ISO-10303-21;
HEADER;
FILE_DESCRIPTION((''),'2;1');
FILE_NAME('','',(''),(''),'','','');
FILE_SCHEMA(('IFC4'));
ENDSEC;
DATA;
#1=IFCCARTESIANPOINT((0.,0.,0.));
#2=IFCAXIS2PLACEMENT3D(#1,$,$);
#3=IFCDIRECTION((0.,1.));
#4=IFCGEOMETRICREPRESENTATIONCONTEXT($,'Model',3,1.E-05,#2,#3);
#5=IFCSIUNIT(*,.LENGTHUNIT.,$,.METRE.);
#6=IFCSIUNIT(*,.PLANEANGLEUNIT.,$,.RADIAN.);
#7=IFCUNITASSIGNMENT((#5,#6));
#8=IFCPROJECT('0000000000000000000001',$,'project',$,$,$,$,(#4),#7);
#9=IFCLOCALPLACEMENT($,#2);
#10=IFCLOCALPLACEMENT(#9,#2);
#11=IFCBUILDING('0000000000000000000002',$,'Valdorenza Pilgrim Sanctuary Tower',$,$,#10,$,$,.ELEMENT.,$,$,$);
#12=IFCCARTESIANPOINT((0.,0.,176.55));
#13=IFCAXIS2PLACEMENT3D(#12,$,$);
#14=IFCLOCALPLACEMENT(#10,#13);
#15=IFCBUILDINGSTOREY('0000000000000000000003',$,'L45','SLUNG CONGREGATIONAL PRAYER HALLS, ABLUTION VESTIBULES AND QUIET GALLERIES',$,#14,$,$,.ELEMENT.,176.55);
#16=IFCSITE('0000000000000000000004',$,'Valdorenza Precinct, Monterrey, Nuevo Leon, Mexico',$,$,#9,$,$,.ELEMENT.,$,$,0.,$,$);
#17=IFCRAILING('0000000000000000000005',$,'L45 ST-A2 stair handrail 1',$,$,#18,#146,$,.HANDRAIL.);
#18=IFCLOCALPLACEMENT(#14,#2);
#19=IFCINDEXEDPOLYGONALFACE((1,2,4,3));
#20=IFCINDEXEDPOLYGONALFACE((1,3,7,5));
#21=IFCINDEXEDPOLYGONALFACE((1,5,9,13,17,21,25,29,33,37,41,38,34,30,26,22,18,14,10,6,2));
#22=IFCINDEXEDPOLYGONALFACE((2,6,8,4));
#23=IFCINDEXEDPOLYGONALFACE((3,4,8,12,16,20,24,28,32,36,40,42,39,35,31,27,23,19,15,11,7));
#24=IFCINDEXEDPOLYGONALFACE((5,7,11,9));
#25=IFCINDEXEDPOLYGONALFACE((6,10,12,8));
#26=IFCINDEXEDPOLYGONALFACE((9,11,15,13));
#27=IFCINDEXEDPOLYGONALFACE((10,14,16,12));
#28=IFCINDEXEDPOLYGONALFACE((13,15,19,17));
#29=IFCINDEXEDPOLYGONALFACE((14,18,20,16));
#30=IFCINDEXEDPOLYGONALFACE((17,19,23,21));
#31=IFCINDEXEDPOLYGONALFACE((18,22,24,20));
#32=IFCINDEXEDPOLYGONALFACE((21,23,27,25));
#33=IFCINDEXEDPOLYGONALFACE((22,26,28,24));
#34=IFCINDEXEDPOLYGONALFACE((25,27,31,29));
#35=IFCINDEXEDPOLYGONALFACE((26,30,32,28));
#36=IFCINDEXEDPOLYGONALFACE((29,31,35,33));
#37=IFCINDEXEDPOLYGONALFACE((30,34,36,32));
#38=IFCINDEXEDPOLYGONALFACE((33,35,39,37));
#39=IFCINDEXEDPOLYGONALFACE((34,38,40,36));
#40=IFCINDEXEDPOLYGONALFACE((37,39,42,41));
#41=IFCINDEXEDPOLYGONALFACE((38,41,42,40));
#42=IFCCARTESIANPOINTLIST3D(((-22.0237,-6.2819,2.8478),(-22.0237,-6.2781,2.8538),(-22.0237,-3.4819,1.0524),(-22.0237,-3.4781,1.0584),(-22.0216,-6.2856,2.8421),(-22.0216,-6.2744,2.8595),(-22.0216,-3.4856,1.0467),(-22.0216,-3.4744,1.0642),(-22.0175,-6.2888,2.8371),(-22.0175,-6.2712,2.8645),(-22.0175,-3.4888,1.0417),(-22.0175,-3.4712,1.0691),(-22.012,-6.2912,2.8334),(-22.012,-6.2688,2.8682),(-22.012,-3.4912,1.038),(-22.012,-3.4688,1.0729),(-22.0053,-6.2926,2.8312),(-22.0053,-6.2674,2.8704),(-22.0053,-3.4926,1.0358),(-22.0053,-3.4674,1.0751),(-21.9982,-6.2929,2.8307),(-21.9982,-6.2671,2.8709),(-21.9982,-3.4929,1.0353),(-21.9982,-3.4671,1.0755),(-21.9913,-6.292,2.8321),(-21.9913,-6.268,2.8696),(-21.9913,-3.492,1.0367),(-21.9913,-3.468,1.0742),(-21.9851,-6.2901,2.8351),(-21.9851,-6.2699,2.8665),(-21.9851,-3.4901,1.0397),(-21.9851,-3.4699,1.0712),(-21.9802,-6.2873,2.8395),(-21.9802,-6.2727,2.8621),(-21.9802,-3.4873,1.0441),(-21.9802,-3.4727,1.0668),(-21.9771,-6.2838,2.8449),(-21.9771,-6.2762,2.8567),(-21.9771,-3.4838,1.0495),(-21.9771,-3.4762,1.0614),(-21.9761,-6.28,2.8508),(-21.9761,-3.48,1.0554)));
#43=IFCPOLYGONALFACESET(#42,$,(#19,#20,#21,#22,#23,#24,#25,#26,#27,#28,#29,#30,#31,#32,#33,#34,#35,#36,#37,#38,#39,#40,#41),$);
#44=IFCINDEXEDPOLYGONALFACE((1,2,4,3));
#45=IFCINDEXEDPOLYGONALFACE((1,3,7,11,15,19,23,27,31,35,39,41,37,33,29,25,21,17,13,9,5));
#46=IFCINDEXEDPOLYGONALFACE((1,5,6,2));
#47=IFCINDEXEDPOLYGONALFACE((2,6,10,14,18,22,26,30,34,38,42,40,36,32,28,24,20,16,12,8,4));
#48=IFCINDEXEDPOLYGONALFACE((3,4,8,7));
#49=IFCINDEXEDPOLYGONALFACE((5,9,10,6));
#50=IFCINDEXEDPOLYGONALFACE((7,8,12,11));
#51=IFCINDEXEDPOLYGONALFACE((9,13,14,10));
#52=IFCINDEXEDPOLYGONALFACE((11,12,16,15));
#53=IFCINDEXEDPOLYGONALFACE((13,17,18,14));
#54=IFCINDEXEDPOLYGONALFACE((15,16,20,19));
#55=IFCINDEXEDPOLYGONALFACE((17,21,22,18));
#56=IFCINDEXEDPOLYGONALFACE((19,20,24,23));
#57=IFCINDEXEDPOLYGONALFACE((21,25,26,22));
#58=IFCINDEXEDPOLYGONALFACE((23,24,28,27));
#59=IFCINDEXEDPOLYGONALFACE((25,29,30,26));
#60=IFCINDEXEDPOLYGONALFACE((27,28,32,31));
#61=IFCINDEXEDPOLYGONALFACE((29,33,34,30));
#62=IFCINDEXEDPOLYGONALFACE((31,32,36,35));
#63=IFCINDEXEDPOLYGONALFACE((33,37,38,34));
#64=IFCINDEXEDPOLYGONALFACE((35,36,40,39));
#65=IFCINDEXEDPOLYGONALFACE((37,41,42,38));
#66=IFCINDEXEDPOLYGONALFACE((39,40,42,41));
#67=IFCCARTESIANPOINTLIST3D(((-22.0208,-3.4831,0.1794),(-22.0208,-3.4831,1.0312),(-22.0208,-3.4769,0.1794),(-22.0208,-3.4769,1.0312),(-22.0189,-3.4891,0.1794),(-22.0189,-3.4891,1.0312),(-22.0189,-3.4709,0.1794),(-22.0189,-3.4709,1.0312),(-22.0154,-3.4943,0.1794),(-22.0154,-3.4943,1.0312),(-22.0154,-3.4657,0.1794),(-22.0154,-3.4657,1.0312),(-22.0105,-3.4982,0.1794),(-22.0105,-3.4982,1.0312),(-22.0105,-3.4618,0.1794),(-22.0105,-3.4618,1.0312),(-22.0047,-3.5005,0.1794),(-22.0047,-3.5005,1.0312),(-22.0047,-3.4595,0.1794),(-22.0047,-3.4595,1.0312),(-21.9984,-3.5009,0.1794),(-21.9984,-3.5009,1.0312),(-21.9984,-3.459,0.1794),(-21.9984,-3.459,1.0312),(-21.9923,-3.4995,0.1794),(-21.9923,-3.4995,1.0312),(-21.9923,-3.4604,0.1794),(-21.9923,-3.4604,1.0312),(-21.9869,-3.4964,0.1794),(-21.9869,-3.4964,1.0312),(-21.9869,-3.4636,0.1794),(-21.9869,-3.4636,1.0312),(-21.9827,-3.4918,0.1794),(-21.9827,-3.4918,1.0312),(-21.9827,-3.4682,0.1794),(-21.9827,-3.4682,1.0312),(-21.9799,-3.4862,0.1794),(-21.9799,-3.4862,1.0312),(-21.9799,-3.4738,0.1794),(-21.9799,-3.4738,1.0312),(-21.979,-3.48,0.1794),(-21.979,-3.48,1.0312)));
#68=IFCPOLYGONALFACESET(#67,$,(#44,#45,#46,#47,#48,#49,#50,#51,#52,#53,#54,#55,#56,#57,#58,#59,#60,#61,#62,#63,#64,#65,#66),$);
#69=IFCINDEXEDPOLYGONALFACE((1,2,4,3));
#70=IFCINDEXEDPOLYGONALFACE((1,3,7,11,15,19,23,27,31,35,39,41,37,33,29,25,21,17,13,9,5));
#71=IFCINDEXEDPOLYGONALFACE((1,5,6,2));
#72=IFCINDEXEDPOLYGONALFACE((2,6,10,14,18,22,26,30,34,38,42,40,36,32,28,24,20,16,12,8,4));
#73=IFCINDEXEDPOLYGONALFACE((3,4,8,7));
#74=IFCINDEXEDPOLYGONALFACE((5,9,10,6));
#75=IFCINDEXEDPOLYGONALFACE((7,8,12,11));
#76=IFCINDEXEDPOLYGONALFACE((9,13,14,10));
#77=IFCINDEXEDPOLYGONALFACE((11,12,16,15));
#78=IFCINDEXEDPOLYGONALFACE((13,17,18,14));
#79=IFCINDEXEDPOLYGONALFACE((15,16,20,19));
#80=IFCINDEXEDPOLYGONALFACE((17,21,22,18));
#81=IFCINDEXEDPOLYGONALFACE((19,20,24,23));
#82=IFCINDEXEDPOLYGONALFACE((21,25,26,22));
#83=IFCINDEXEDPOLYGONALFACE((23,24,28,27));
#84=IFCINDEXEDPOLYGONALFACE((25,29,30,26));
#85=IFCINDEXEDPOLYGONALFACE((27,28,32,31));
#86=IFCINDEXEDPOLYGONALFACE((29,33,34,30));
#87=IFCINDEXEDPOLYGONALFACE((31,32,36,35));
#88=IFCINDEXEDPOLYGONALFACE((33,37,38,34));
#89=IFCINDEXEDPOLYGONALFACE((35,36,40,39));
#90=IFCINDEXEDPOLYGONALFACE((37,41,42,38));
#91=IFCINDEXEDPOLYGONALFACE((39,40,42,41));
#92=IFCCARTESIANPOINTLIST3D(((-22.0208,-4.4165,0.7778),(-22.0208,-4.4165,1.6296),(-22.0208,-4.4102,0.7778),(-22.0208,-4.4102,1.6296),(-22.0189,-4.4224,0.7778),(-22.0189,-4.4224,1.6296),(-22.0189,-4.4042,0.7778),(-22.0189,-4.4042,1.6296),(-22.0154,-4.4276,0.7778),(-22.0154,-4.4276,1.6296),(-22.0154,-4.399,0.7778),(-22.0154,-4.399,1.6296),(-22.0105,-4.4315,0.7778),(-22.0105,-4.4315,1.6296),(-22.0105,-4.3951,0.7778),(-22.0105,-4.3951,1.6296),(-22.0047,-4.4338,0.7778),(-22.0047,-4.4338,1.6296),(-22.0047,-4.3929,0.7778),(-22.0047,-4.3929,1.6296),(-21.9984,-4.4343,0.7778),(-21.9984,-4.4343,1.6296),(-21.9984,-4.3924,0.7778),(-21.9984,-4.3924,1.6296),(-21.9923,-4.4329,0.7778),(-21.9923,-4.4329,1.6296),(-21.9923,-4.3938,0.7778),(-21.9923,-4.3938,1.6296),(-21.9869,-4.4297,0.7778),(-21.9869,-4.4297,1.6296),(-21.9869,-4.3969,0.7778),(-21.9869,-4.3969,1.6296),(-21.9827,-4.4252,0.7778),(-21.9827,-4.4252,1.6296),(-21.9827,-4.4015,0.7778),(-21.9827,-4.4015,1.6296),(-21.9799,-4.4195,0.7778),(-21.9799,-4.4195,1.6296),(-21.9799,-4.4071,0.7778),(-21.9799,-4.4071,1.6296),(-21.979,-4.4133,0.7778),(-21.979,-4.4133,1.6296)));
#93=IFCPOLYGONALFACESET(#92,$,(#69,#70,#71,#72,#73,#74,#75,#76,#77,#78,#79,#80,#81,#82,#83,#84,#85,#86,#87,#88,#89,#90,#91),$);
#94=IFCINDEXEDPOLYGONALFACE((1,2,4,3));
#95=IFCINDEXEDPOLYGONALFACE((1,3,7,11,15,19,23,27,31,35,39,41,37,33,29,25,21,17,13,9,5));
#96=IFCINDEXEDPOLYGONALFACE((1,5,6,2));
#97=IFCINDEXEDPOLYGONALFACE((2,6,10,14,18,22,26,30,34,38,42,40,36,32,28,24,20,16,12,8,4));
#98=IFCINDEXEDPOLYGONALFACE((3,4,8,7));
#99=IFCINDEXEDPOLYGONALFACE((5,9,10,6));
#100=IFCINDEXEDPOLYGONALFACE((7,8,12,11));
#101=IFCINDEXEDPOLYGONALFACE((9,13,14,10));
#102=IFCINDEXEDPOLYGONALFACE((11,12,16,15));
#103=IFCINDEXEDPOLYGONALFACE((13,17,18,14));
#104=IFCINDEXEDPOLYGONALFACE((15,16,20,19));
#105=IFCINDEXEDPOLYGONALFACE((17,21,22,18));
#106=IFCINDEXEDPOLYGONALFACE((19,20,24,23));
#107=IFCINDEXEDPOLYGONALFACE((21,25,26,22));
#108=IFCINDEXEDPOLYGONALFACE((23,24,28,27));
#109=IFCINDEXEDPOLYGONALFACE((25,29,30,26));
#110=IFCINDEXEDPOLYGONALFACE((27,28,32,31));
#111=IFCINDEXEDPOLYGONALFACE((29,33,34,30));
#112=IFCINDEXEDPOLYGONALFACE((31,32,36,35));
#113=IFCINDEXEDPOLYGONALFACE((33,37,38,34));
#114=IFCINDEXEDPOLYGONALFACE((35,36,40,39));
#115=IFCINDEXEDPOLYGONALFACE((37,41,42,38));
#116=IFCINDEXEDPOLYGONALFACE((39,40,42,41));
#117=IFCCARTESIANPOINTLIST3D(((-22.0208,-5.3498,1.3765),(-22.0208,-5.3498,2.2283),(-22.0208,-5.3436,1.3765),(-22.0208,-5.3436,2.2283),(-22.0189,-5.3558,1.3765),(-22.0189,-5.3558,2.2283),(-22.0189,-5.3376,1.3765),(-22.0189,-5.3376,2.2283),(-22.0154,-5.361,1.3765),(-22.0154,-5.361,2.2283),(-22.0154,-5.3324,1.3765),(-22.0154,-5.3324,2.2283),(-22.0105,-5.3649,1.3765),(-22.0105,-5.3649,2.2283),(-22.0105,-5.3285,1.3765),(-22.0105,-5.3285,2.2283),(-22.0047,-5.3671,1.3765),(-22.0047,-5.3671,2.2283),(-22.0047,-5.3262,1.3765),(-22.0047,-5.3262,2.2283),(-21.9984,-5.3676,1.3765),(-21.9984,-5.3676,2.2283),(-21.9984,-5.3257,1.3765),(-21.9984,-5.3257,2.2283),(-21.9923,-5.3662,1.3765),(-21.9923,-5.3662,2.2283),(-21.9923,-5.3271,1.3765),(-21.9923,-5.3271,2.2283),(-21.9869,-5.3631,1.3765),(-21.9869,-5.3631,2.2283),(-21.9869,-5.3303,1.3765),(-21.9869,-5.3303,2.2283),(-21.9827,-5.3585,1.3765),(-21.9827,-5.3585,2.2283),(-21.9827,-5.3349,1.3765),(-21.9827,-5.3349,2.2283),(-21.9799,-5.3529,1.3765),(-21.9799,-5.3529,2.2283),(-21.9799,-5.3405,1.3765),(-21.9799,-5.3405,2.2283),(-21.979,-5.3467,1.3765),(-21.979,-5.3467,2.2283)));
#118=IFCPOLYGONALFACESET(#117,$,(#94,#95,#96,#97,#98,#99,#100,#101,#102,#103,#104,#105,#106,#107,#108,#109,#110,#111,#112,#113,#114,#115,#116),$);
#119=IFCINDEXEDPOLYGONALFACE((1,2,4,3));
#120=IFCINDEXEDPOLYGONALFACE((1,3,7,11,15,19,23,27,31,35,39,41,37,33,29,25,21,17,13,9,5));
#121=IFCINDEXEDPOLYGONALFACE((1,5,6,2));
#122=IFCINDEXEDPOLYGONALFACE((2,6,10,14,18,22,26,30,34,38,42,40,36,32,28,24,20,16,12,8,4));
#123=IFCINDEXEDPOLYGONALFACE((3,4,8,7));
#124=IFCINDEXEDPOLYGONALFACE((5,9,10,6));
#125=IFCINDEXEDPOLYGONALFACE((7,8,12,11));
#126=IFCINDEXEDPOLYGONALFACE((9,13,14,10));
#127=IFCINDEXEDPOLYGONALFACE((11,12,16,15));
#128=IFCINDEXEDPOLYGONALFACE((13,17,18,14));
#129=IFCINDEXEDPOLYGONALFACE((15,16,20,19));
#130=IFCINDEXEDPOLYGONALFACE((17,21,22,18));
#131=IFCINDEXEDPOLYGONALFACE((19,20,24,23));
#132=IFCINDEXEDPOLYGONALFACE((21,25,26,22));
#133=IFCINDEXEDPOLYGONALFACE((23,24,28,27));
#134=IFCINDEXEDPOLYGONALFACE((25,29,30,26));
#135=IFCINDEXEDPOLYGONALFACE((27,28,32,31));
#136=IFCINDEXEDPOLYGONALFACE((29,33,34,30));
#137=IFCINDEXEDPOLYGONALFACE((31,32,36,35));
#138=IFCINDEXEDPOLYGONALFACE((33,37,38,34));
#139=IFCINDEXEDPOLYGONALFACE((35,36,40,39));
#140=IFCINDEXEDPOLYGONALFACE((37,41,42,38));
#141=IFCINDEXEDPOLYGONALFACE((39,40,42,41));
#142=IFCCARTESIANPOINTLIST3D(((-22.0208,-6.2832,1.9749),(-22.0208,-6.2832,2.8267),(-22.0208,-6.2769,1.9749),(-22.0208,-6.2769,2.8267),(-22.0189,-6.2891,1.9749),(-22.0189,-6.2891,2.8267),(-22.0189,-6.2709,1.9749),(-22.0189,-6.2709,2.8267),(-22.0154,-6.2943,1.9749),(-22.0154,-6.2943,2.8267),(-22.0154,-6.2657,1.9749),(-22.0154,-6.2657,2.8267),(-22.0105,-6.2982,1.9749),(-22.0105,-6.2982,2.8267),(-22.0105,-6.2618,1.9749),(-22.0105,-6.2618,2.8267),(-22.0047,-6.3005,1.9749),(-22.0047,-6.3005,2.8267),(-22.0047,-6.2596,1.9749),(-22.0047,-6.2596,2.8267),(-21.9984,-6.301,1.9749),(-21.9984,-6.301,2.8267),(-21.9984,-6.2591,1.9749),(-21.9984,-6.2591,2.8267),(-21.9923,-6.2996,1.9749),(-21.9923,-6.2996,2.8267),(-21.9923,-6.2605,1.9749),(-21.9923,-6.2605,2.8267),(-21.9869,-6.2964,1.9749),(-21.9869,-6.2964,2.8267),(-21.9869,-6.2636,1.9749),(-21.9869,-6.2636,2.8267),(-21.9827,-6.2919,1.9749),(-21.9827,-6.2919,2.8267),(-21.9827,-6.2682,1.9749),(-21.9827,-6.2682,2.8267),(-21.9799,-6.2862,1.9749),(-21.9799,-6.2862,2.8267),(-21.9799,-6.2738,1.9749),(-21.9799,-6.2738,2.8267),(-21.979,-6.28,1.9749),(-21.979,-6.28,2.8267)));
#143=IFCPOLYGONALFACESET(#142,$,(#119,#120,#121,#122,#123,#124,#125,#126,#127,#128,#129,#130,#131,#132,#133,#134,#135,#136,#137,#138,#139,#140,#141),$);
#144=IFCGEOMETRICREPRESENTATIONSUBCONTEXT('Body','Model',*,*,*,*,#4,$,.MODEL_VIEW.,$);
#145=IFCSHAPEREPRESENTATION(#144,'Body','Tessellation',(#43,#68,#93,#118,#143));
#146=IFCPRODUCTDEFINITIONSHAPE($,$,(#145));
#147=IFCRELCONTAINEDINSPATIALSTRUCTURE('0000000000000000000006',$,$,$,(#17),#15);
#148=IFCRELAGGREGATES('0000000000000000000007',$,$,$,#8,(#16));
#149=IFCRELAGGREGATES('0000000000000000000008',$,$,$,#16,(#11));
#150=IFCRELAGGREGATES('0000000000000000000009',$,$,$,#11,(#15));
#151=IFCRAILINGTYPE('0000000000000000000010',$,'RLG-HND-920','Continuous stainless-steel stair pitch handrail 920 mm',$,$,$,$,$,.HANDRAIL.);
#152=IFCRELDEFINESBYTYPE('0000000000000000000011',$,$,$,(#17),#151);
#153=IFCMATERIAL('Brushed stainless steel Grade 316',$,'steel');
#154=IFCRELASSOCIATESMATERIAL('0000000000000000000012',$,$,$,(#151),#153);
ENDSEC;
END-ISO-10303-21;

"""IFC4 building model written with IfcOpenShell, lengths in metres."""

from ifc_helpers import new_model, si_unit, direction, frame, origin, origin_2d, place, context, subcontext, project, spatial, circle, extrude, material, type_object, element, save


model = new_model("IFC4")

# Units and contexts
model_context = context("Model", 3, precision=1e-05, world=origin(), true_north=direction((0.0, 1.0)))
body_context = subcontext(model_context, "Body", "Model", "MODEL_VIEW")
ifc_project = project(units=[si_unit("LENGTHUNIT", "METRE"), si_unit("PLANEANGLEUNIT", "RADIAN")], contexts=[model_context])

# Site, building, storey
site_placement = place(None, origin())
site = spatial("IfcSite", under=ifc_project, at=site_placement, Name="Valdorenza Precinct, Monterrey, Nuevo Leon, Mexico", CompositionType="ELEMENT", RefElevation=0.0)
building_placement = place(site_placement, origin())
building = spatial("IfcBuilding", under=site, at=building_placement, Name="Valdorenza Pilgrim Sanctuary Tower", CompositionType="ELEMENT")
storey_placement = place(building_placement, frame((0.0, 0.0, 176.55)))
storey = spatial("IfcBuildingStorey", under=building, at=storey_placement, Name="L45", Description="SLUNG CONGREGATIONAL PRAYER HALLS, ABLUTION VESTIBULES AND QUIET GALLERIES", CompositionType="ELEMENT", Elevation=176.55)

# Railing
ifc_material_1 = material(Name="Brushed stainless steel Grade 316", Category="steel")
railing_type_1 = type_object("IfcRailingType", Name="RLG-HND-920", Description="Continuous stainless-steel stair pitch handrail 920 mm", PredefinedType="HANDRAIL", material=ifc_material_1)
railing_1_placement = place(storey_placement, frame((-22.0, -3.48, 0.1794)))
element("IfcRailing", 1, at=railing_1_placement, inside=storey, type_object=railing_type_1, Name="L45 ST-A2 stair handrail 1", PredefinedType="HANDRAIL", context=body_context, shape_type="SweptSolid", body=[
    extrude(circle(Radius=0.0239, at=origin_2d()), frame((0.0, 0.0, 0.876), z_axis=(0.0, -0.84181, 0.539774), x_axis=(1.0, 0.0, 0.0)), (0.0, 0.0, 1.0), 3.3262),
    extrude(circle(Radius=0.021, at=origin_2d()), origin(), (0.0, 0.0, 1.0), 0.8518),
    extrude(circle(Radius=0.021, at=origin_2d()), frame((0.0, -0.9333, 0.5984)), (0.0, 0.0, 1.0), 0.8518),
    extrude(circle(Radius=0.021, at=origin_2d()), frame((0.0, -1.8667, 1.197)), (0.0, 0.0, 1.0), 0.8518),
    extrude(circle(Radius=0.021, at=origin_2d()), frame((0.0, -2.8, 1.7954)), (0.0, 0.0, 1.0), 0.8518),
])

save(model, "model.ifc")
